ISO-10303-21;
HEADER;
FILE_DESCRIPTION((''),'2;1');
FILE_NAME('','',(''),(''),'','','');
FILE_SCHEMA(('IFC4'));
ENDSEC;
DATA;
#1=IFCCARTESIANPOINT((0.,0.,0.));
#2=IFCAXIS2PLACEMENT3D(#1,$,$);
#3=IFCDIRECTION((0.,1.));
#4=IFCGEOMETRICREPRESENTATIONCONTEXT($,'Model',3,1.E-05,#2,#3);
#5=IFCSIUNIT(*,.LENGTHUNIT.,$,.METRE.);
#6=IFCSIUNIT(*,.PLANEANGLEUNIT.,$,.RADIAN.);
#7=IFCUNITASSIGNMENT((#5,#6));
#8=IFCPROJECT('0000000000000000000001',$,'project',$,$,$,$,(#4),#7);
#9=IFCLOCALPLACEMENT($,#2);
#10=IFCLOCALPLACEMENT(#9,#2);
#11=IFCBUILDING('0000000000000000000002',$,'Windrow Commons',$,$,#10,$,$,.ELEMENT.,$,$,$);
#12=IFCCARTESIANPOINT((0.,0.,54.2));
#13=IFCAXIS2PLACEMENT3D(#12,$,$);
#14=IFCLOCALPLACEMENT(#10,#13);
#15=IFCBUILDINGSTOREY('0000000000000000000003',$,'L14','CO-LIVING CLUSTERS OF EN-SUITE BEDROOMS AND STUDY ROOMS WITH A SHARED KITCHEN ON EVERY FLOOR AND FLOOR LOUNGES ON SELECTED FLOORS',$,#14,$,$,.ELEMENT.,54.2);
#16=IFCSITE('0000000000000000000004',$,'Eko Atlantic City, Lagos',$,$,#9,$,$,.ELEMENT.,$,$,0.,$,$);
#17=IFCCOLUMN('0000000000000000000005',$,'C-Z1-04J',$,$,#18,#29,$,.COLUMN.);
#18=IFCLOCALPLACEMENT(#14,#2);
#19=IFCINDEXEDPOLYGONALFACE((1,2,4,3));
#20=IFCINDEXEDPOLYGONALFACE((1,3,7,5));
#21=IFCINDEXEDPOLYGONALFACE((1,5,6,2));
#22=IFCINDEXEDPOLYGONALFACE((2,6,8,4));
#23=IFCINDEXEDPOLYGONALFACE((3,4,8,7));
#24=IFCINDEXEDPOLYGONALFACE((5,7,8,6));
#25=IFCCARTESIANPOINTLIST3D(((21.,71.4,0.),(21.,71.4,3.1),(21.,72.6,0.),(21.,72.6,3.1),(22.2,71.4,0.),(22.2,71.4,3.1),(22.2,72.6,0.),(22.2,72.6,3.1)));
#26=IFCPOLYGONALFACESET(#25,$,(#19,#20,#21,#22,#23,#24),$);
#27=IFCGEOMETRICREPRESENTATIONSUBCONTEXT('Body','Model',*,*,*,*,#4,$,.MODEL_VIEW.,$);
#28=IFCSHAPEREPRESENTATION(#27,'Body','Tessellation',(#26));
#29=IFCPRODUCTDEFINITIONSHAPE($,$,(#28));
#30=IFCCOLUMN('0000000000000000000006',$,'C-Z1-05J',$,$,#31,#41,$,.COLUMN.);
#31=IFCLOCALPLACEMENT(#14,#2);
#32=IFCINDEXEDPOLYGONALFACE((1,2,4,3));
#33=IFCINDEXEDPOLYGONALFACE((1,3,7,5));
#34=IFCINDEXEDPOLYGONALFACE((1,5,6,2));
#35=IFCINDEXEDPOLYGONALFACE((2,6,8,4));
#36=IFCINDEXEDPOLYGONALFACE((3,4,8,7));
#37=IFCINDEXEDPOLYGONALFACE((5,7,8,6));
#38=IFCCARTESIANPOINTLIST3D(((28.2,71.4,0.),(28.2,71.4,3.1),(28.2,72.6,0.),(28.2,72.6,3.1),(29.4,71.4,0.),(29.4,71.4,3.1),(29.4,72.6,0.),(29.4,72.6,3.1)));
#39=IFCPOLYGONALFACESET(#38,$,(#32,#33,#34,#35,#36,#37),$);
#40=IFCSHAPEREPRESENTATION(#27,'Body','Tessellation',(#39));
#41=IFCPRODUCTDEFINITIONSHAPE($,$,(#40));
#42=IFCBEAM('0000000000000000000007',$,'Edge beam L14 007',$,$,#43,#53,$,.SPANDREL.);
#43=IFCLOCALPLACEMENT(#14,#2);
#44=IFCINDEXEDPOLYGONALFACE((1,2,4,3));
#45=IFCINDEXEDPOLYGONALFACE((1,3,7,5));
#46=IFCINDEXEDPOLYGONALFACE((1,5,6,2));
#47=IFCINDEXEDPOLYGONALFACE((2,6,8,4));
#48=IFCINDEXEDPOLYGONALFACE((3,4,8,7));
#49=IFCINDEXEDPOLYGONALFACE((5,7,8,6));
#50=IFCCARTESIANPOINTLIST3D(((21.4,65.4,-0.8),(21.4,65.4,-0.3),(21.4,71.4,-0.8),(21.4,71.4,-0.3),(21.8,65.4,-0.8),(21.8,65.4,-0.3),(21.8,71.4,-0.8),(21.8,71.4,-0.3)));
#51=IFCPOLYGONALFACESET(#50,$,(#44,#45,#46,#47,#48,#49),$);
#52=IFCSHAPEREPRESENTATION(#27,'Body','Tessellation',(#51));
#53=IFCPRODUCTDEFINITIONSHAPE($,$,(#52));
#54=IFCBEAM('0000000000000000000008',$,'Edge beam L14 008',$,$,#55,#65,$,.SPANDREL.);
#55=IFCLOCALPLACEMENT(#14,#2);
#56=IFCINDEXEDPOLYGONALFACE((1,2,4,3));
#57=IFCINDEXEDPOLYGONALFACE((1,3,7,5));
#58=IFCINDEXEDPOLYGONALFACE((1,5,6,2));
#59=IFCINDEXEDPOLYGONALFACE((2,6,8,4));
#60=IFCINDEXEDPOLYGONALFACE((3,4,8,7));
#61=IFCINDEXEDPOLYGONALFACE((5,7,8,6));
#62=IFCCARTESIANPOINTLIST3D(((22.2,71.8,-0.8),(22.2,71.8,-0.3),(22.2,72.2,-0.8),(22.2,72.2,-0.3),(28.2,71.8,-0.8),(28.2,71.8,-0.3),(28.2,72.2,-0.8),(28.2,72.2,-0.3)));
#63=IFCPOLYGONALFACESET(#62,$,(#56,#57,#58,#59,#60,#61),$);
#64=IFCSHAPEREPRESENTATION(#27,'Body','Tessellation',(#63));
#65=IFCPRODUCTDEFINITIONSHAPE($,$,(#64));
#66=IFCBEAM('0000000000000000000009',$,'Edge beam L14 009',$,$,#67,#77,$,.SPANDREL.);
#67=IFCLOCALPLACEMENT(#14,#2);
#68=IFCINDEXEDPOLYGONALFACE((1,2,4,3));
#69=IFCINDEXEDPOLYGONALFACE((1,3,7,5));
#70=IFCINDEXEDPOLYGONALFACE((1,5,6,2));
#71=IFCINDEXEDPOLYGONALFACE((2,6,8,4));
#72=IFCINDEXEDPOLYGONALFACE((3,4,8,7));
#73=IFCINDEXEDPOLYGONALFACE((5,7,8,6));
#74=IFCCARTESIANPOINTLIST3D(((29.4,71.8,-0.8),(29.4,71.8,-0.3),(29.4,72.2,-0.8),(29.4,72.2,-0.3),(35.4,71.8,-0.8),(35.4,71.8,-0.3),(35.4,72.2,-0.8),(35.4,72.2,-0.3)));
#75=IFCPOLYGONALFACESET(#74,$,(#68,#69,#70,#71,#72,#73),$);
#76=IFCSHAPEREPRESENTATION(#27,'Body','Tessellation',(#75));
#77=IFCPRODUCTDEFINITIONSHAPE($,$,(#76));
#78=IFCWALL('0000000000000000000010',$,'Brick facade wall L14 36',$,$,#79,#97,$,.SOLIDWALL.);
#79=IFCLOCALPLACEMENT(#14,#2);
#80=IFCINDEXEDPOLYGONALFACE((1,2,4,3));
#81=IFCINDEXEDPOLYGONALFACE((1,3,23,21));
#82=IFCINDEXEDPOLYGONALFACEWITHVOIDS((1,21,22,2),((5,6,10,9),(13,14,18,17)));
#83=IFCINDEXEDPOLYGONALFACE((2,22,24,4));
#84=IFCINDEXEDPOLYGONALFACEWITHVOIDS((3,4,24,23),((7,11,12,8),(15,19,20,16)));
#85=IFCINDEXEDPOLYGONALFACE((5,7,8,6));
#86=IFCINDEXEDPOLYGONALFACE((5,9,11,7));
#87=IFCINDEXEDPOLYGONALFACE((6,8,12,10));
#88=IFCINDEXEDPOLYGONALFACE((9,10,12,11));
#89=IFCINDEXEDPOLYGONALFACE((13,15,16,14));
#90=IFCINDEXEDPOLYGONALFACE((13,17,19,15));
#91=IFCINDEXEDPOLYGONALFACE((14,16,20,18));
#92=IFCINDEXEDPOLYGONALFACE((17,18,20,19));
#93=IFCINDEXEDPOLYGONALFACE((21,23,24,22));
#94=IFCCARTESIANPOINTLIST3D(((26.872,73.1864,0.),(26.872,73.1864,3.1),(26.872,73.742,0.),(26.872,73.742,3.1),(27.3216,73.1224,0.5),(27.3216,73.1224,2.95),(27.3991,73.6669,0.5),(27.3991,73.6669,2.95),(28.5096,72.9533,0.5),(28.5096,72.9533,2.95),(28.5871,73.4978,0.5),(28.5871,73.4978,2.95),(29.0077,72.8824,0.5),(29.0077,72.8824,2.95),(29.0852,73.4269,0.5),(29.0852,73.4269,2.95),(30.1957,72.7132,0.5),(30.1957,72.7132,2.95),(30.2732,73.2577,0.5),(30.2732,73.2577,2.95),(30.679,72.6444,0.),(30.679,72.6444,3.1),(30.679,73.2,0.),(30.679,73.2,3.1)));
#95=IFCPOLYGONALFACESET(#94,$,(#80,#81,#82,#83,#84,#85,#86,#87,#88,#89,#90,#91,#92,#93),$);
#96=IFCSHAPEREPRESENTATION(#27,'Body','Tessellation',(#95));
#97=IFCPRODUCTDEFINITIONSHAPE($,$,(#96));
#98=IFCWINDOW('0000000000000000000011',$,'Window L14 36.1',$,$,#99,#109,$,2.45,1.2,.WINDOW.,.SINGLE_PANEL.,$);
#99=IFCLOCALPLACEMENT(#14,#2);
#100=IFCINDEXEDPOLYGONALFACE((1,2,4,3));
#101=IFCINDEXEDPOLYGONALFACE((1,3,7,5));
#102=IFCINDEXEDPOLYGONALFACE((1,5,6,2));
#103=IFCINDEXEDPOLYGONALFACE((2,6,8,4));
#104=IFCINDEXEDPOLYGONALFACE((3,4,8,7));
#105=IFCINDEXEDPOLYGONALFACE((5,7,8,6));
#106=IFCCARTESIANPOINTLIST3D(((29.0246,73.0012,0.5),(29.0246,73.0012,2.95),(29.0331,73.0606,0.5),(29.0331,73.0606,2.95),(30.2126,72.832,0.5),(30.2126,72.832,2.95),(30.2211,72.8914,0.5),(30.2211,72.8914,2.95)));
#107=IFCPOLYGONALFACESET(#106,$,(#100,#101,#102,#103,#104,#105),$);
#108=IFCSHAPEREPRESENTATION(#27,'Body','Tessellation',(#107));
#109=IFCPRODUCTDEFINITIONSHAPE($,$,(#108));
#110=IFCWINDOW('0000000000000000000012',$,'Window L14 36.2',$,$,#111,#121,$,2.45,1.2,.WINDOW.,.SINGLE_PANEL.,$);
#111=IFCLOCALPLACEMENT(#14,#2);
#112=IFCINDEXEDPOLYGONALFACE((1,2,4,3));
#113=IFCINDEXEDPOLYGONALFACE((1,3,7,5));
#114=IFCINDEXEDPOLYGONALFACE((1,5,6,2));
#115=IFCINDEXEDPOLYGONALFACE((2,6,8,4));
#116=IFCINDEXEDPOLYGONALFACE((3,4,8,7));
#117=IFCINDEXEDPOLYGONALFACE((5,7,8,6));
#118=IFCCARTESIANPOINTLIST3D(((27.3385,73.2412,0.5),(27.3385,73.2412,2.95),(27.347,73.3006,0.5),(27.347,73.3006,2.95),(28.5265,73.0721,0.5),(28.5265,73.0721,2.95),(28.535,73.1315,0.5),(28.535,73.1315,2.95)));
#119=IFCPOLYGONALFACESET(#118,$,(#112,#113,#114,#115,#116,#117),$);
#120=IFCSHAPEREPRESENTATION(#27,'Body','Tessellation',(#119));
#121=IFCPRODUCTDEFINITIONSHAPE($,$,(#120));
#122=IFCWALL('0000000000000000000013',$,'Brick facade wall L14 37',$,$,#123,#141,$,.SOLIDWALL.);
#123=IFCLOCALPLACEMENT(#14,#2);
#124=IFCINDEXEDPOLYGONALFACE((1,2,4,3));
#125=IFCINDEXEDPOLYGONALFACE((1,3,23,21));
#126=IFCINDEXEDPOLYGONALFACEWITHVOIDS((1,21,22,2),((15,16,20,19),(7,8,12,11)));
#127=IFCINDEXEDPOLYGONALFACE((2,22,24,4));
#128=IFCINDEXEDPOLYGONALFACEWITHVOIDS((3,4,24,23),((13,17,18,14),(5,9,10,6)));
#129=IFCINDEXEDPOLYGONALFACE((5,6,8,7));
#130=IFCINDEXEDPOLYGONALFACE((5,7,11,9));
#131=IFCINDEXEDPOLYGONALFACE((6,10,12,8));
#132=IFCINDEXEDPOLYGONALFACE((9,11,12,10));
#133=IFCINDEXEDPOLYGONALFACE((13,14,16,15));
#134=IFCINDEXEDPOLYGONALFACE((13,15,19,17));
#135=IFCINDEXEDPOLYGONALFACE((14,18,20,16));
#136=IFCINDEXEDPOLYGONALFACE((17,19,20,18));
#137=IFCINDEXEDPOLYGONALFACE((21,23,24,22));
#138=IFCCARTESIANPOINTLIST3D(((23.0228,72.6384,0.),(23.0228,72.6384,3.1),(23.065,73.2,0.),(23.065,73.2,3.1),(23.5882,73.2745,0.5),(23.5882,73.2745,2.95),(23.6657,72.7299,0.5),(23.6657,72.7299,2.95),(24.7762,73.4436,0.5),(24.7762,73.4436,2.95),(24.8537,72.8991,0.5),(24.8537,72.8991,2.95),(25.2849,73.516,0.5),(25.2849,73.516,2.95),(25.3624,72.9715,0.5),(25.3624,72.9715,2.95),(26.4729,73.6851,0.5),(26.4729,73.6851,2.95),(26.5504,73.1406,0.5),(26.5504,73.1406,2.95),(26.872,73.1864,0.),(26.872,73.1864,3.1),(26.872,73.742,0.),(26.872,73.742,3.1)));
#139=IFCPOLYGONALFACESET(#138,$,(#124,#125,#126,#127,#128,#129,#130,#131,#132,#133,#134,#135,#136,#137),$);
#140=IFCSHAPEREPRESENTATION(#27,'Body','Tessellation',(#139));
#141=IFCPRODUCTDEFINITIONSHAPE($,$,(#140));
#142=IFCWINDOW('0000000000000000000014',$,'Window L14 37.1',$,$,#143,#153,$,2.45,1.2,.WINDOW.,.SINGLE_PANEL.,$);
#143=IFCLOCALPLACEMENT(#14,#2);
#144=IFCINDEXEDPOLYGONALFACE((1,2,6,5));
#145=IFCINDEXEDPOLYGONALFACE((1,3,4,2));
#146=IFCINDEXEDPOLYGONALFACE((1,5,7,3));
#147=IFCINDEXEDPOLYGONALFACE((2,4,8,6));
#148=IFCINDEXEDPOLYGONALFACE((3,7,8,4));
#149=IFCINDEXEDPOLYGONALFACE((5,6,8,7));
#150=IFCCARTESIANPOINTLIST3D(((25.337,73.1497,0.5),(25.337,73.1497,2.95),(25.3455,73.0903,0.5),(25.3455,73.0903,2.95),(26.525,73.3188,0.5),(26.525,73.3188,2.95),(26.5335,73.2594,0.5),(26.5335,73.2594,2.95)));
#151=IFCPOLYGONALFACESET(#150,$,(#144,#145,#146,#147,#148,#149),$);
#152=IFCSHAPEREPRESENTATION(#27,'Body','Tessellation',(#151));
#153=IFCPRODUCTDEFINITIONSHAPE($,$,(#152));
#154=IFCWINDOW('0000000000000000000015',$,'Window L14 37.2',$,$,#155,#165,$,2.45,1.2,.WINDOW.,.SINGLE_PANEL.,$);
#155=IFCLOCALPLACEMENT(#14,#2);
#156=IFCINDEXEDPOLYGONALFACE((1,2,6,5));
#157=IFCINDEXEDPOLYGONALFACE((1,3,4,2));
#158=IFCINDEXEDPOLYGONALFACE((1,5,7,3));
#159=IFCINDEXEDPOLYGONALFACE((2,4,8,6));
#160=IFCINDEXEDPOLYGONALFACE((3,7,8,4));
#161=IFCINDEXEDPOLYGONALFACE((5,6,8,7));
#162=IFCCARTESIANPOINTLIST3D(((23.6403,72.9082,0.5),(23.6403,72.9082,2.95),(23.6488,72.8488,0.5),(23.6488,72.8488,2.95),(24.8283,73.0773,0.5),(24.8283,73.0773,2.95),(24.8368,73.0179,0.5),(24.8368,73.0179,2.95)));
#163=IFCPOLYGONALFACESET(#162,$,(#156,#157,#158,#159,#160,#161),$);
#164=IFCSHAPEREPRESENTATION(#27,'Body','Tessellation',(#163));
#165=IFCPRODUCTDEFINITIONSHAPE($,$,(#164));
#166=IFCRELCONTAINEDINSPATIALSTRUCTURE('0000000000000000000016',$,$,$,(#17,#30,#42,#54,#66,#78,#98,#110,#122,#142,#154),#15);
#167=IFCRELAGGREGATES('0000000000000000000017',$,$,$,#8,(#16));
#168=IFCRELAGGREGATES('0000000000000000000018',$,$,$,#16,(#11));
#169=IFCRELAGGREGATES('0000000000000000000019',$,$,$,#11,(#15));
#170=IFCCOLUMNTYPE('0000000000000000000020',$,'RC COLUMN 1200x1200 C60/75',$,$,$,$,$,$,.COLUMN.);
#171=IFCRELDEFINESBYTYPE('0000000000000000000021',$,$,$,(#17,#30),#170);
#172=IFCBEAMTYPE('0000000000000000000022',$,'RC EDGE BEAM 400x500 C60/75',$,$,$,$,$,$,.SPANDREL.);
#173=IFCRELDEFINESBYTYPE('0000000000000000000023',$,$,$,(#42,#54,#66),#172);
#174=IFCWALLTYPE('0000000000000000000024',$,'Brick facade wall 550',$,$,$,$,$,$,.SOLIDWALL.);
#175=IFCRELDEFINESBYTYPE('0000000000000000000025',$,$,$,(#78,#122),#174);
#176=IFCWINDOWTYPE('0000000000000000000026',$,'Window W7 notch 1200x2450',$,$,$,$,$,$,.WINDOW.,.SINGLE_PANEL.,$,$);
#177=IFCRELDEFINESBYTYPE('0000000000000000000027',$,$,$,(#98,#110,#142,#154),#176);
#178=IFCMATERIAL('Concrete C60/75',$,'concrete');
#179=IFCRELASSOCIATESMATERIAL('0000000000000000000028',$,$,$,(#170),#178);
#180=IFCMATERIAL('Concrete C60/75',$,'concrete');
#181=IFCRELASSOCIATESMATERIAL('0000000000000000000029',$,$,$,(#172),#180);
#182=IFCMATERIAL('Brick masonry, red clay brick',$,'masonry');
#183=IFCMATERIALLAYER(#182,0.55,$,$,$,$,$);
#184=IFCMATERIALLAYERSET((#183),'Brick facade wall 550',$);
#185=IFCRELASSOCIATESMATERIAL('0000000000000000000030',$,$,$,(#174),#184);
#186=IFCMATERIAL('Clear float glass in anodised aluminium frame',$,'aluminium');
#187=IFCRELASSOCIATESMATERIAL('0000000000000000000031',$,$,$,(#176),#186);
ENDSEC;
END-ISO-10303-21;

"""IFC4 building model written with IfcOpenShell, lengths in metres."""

from ifc_helpers import new_model, si_unit, direction, frame, frame_2d, origin, origin_2d, place, context, subcontext, project, spatial, polyline, rectangle, outline, extrude, material, layer, layer_set, material_profile, profile_set, type_object, element, fill, save


model = new_model("IFC4")

# Units and contexts
model_context = context("Model", 3, precision=1e-05, world=origin(), true_north=direction((0.0, 1.0)))
body_context = subcontext(model_context, "Body", "Model", "MODEL_VIEW")
ifc_project = project(units=[si_unit("LENGTHUNIT", "METRE"), si_unit("PLANEANGLEUNIT", "RADIAN")], contexts=[model_context])

# Site, building, storey
site_placement = place(None, origin())
site = spatial("IfcSite", under=ifc_project, at=site_placement, Name="Eko Atlantic City, Lagos", CompositionType="ELEMENT", RefElevation=0.0)
building_placement = place(site_placement, origin())
building = spatial("IfcBuilding", under=site, at=building_placement, Name="Windrow Commons", CompositionType="ELEMENT")
storey_placement = place(building_placement, frame((0.0, 0.0, 54.2)))
storey = spatial("IfcBuildingStorey", under=building, at=storey_placement, Name="L14", Description="CO-LIVING CLUSTERS OF EN-SUITE BEDROOMS AND STUDY ROOMS WITH A SHARED KITCHEN ON EVERY FLOOR AND FLOOR LOUNGES ON SELECTED FLOORS", CompositionType="ELEMENT", Elevation=54.2)

# Columns
ifc_material_1 = material(Name="Concrete C60/75", Category="concrete")
ifc_material_profile_1 = material_profile(ifc_material_1, rectangle(XDim=1.2, YDim=1.2, at=origin_2d()))
ifc_profile_set_1 = profile_set([ifc_material_profile_1], Name="Concrete C60/75")
column_type = type_object("IfcColumnType", Name="RC COLUMN 1200x1200 C60/75", PredefinedType="COLUMN", material=ifc_profile_set_1)
for number, where, z_axis, x_axis, name in (
    (1, (21.6, 72.0, 0.0), (0.0, 0.0, 1.0), (1.0, 0.0, 0.0), "C-Z1-04J"),
    (2, (28.8, 72.0, 0.0), (0.0, 0.0, 1.0), (1.0, 0.0, 0.0), "C-Z1-05J"),
):
    element("IfcColumn", number, at=place(storey_placement, frame(where, z_axis=z_axis, x_axis=x_axis)), inside=storey, type_object=column_type, Name=name, PredefinedType="COLUMN", context=body_context, shape_type="SweptSolid", body=[
        extrude(rectangle(XDim=1.2, YDim=1.2, at=origin_2d()), origin(), (0.0, 0.0, 1.0), 3.1),
    ])

# Beams
ifc_material_2 = material(Name="Concrete C60/75", Category="concrete")
ifc_material_profile_2 = material_profile(ifc_material_2, rectangle(XDim=0.4, YDim=0.5, at=origin_2d()))
ifc_profile_set_2 = profile_set([ifc_material_profile_2], Name="Concrete C60/75")
beam_type = type_object("IfcBeamType", Name="RC EDGE BEAM 400x500 C60/75", PredefinedType="SPANDREL", material=ifc_profile_set_2)
for number, where, z_axis, x_axis, name in (
    (3, (21.6, 65.4, -0.55), (0.0, 1.0, 0.0), (-1.0, 0.0, 0.0), "Edge beam L14 007"),
    (4, (22.2, 72.0, -0.55), (1.0, 0.0, 0.0), (0.0, 1.0, 0.0), "Edge beam L14 008"),
    (5, (29.4, 72.0, -0.55), (1.0, 0.0, 0.0), (0.0, 1.0, 0.0), "Edge beam L14 009"),
):
    element("IfcBeam", number, at=place(storey_placement, frame(where, z_axis=z_axis, x_axis=x_axis)), inside=storey, type_object=beam_type, Name=name, PredefinedType="SPANDREL", context=body_context, shape_type="SweptSolid", body=[
        extrude(rectangle(XDim=0.4, YDim=0.5, at=origin_2d()), origin(), (0.0, 0.0, 1.0), 6.0),
    ])

# Walls, openings, windows
ifc_material_3 = material(Name="Brick masonry, red clay brick", Category="masonry")
ifc_layer_1 = layer(ifc_material_3, 0.55)
ifc_layer_set_1 = layer_set([ifc_layer_1], Name="Brick facade wall 550")
wall_type_1 = type_object("IfcWallType", Name="Brick facade wall 550", PredefinedType="SOLIDWALL", material=ifc_layer_set_1)
wall_1_placement = place(storey_placement, frame((30.679, 72.9222, 0.0), z_axis=(0.0, 0.0, 1.0), x_axis=(-0.990017, 0.140948, 0.0)))
wall_1 = element("IfcWall", 6, at=wall_1_placement, inside=storey, type_object=wall_type_1, Name="Brick facade wall L14 36", PredefinedType="SOLIDWALL", context=body_context, shape_type="SweptSolid", body=[
    extrude(outline(polyline([(0.0392, -0.275), (3.8845, -0.275), (3.8062, 0.275), (-0.0392, 0.275), (0.0392, -0.275)])), origin(), (0.0, 0.0, 1.0), 3.1),
])
opening_1_placement = place(wall_1_placement, frame((0.449, 0.0, 0.5)))
opening_1 = element("IfcOpeningElement", 7, at=opening_1_placement, cuts=wall_1, PredefinedType="OPENING", context=body_context, shape_type="SweptSolid", body=[
    extrude(rectangle(XDim=1.2, YDim=2.45, at=frame_2d((0.6, 1.225))), frame((0.0, 0.285, 0.0), z_axis=(0.0, -1.0, 0.0), x_axis=(1.0, 0.0, 0.0)), (0.0, 0.0, 1.0), 0.57),
])
opening_2_placement = place(wall_1_placement, frame((2.1521, 0.0, 0.5)))
opening_2 = element("IfcOpeningElement", 8, at=opening_2_placement, cuts=wall_1, PredefinedType="OPENING", context=body_context, shape_type="SweptSolid", body=[
    extrude(rectangle(XDim=1.2, YDim=2.45, at=frame_2d((0.6, 1.225))), frame((0.0, 0.285, 0.0), z_axis=(0.0, -1.0, 0.0), x_axis=(1.0, 0.0, 0.0)), (0.0, 0.0, 1.0), 0.57),
])
ifc_material_4 = material(Name="Clear float glass in anodised aluminium frame", Category="aluminium")
window_type_1 = type_object("IfcWindowType", Name="Window W7 notch 1200x2450", PartitioningType="SINGLE_PANEL", PredefinedType="WINDOW", material=ifc_material_4)
window_1_placement = place(opening_1_placement, origin())
window_1 = element("IfcWindow", 9, at=window_1_placement, inside=storey, type_object=window_type_1, Name="Window L14 36.1", OverallHeight=2.45, OverallWidth=1.2, PartitioningType="SINGLE_PANEL", PredefinedType="WINDOW", context=body_context, shape_type="SweptSolid", body=[
    extrude(rectangle(XDim=1.2, YDim=2.45, at=frame_2d((0.6, 1.225))), frame((0.0, 0.155, 0.0), z_axis=(0.0, -1.0, 0.0), x_axis=(1.0, 0.0, 0.0)), (0.0, 0.0, 1.0), 0.06),
])
fill(opening_1, window_1)
window_2_placement = place(opening_2_placement, origin())
window_2 = element("IfcWindow", 10, at=window_2_placement, inside=storey, type_object=window_type_1, Name="Window L14 36.2", OverallHeight=2.45, OverallWidth=1.2, PartitioningType="SINGLE_PANEL", PredefinedType="WINDOW", context=body_context, shape_type="SweptSolid", body=[
    extrude(rectangle(XDim=1.2, YDim=2.45, at=frame_2d((0.6, 1.225))), frame((0.0, 0.155, 0.0), z_axis=(0.0, -1.0, 0.0), x_axis=(1.0, 0.0, 0.0)), (0.0, 0.0, 1.0), 0.06),
])
fill(opening_2, window_2)
wall_2_placement = place(storey_placement, frame((26.872, 73.4642, 0.0), z_axis=(0.0, 0.0, 1.0), x_axis=(-0.990017, -0.140947, 0.0)))
wall_2 = element("IfcWall", 11, at=wall_2_placement, inside=storey, type_object=wall_type_1, Name="Brick facade wall L14 37", PredefinedType="SOLIDWALL", context=body_context, shape_type="SweptSolid", body=[
    extrude(outline(polyline([(-0.0392, -0.275), (3.8062, -0.275), (3.9272, 0.275), (0.0392, 0.275), (-0.0392, -0.275)])), origin(), (0.0, 0.0, 1.0), 3.1),
])
opening_3_placement = place(wall_2_placement, frame((0.364, 0.0, 0.5)))
opening_3 = element("IfcOpeningElement", 12, at=opening_3_placement, cuts=wall_2, PredefinedType="OPENING", context=body_context, shape_type="SweptSolid", body=[
    extrude(rectangle(XDim=1.2, YDim=2.45, at=frame_2d((0.6, 1.225))), frame((0.0, 0.285, 0.0), z_axis=(0.0, -1.0, 0.0), x_axis=(1.0, 0.0, 0.0)), (0.0, 0.0, 1.0), 0.57),
])
opening_4_placement = place(wall_2_placement, frame((2.0778, 0.0, 0.5)))
opening_4 = element("IfcOpeningElement", 13, at=opening_4_placement, cuts=wall_2, PredefinedType="OPENING", context=body_context, shape_type="SweptSolid", body=[
    extrude(rectangle(XDim=1.2, YDim=2.45, at=frame_2d((0.6, 1.225))), frame((0.0, 0.285, 0.0), z_axis=(0.0, -1.0, 0.0), x_axis=(1.0, 0.0, 0.0)), (0.0, 0.0, 1.0), 0.57),
])
window_3_placement = place(opening_3_placement, origin())
window_3 = element("IfcWindow", 14, at=window_3_placement, inside=storey, type_object=window_type_1, Name="Window L14 37.1", OverallHeight=2.45, OverallWidth=1.2, PartitioningType="SINGLE_PANEL", PredefinedType="WINDOW", context=body_context, shape_type="SweptSolid", body=[
    extrude(rectangle(XDim=1.2, YDim=2.45, at=frame_2d((0.6, 1.225))), frame((0.0, 0.155, 0.0), z_axis=(0.0, -1.0, 0.0), x_axis=(1.0, 0.0, 0.0)), (0.0, 0.0, 1.0), 0.06),
])
fill(opening_3, window_3)
window_4_placement = place(opening_4_placement, origin())
window_4 = element("IfcWindow", 15, at=window_4_placement, inside=storey, type_object=window_type_1, Name="Window L14 37.2", OverallHeight=2.45, OverallWidth=1.2, PartitioningType="SINGLE_PANEL", PredefinedType="WINDOW", context=body_context, shape_type="SweptSolid", body=[
    extrude(rectangle(XDim=1.2, YDim=2.45, at=frame_2d((0.6, 1.225))), frame((0.0, 0.155, 0.0), z_axis=(0.0, -1.0, 0.0), x_axis=(1.0, 0.0, 0.0)), (0.0, 0.0, 1.0), 0.06),
])
fill(opening_4, window_4)

save(model, "model.ifc")
